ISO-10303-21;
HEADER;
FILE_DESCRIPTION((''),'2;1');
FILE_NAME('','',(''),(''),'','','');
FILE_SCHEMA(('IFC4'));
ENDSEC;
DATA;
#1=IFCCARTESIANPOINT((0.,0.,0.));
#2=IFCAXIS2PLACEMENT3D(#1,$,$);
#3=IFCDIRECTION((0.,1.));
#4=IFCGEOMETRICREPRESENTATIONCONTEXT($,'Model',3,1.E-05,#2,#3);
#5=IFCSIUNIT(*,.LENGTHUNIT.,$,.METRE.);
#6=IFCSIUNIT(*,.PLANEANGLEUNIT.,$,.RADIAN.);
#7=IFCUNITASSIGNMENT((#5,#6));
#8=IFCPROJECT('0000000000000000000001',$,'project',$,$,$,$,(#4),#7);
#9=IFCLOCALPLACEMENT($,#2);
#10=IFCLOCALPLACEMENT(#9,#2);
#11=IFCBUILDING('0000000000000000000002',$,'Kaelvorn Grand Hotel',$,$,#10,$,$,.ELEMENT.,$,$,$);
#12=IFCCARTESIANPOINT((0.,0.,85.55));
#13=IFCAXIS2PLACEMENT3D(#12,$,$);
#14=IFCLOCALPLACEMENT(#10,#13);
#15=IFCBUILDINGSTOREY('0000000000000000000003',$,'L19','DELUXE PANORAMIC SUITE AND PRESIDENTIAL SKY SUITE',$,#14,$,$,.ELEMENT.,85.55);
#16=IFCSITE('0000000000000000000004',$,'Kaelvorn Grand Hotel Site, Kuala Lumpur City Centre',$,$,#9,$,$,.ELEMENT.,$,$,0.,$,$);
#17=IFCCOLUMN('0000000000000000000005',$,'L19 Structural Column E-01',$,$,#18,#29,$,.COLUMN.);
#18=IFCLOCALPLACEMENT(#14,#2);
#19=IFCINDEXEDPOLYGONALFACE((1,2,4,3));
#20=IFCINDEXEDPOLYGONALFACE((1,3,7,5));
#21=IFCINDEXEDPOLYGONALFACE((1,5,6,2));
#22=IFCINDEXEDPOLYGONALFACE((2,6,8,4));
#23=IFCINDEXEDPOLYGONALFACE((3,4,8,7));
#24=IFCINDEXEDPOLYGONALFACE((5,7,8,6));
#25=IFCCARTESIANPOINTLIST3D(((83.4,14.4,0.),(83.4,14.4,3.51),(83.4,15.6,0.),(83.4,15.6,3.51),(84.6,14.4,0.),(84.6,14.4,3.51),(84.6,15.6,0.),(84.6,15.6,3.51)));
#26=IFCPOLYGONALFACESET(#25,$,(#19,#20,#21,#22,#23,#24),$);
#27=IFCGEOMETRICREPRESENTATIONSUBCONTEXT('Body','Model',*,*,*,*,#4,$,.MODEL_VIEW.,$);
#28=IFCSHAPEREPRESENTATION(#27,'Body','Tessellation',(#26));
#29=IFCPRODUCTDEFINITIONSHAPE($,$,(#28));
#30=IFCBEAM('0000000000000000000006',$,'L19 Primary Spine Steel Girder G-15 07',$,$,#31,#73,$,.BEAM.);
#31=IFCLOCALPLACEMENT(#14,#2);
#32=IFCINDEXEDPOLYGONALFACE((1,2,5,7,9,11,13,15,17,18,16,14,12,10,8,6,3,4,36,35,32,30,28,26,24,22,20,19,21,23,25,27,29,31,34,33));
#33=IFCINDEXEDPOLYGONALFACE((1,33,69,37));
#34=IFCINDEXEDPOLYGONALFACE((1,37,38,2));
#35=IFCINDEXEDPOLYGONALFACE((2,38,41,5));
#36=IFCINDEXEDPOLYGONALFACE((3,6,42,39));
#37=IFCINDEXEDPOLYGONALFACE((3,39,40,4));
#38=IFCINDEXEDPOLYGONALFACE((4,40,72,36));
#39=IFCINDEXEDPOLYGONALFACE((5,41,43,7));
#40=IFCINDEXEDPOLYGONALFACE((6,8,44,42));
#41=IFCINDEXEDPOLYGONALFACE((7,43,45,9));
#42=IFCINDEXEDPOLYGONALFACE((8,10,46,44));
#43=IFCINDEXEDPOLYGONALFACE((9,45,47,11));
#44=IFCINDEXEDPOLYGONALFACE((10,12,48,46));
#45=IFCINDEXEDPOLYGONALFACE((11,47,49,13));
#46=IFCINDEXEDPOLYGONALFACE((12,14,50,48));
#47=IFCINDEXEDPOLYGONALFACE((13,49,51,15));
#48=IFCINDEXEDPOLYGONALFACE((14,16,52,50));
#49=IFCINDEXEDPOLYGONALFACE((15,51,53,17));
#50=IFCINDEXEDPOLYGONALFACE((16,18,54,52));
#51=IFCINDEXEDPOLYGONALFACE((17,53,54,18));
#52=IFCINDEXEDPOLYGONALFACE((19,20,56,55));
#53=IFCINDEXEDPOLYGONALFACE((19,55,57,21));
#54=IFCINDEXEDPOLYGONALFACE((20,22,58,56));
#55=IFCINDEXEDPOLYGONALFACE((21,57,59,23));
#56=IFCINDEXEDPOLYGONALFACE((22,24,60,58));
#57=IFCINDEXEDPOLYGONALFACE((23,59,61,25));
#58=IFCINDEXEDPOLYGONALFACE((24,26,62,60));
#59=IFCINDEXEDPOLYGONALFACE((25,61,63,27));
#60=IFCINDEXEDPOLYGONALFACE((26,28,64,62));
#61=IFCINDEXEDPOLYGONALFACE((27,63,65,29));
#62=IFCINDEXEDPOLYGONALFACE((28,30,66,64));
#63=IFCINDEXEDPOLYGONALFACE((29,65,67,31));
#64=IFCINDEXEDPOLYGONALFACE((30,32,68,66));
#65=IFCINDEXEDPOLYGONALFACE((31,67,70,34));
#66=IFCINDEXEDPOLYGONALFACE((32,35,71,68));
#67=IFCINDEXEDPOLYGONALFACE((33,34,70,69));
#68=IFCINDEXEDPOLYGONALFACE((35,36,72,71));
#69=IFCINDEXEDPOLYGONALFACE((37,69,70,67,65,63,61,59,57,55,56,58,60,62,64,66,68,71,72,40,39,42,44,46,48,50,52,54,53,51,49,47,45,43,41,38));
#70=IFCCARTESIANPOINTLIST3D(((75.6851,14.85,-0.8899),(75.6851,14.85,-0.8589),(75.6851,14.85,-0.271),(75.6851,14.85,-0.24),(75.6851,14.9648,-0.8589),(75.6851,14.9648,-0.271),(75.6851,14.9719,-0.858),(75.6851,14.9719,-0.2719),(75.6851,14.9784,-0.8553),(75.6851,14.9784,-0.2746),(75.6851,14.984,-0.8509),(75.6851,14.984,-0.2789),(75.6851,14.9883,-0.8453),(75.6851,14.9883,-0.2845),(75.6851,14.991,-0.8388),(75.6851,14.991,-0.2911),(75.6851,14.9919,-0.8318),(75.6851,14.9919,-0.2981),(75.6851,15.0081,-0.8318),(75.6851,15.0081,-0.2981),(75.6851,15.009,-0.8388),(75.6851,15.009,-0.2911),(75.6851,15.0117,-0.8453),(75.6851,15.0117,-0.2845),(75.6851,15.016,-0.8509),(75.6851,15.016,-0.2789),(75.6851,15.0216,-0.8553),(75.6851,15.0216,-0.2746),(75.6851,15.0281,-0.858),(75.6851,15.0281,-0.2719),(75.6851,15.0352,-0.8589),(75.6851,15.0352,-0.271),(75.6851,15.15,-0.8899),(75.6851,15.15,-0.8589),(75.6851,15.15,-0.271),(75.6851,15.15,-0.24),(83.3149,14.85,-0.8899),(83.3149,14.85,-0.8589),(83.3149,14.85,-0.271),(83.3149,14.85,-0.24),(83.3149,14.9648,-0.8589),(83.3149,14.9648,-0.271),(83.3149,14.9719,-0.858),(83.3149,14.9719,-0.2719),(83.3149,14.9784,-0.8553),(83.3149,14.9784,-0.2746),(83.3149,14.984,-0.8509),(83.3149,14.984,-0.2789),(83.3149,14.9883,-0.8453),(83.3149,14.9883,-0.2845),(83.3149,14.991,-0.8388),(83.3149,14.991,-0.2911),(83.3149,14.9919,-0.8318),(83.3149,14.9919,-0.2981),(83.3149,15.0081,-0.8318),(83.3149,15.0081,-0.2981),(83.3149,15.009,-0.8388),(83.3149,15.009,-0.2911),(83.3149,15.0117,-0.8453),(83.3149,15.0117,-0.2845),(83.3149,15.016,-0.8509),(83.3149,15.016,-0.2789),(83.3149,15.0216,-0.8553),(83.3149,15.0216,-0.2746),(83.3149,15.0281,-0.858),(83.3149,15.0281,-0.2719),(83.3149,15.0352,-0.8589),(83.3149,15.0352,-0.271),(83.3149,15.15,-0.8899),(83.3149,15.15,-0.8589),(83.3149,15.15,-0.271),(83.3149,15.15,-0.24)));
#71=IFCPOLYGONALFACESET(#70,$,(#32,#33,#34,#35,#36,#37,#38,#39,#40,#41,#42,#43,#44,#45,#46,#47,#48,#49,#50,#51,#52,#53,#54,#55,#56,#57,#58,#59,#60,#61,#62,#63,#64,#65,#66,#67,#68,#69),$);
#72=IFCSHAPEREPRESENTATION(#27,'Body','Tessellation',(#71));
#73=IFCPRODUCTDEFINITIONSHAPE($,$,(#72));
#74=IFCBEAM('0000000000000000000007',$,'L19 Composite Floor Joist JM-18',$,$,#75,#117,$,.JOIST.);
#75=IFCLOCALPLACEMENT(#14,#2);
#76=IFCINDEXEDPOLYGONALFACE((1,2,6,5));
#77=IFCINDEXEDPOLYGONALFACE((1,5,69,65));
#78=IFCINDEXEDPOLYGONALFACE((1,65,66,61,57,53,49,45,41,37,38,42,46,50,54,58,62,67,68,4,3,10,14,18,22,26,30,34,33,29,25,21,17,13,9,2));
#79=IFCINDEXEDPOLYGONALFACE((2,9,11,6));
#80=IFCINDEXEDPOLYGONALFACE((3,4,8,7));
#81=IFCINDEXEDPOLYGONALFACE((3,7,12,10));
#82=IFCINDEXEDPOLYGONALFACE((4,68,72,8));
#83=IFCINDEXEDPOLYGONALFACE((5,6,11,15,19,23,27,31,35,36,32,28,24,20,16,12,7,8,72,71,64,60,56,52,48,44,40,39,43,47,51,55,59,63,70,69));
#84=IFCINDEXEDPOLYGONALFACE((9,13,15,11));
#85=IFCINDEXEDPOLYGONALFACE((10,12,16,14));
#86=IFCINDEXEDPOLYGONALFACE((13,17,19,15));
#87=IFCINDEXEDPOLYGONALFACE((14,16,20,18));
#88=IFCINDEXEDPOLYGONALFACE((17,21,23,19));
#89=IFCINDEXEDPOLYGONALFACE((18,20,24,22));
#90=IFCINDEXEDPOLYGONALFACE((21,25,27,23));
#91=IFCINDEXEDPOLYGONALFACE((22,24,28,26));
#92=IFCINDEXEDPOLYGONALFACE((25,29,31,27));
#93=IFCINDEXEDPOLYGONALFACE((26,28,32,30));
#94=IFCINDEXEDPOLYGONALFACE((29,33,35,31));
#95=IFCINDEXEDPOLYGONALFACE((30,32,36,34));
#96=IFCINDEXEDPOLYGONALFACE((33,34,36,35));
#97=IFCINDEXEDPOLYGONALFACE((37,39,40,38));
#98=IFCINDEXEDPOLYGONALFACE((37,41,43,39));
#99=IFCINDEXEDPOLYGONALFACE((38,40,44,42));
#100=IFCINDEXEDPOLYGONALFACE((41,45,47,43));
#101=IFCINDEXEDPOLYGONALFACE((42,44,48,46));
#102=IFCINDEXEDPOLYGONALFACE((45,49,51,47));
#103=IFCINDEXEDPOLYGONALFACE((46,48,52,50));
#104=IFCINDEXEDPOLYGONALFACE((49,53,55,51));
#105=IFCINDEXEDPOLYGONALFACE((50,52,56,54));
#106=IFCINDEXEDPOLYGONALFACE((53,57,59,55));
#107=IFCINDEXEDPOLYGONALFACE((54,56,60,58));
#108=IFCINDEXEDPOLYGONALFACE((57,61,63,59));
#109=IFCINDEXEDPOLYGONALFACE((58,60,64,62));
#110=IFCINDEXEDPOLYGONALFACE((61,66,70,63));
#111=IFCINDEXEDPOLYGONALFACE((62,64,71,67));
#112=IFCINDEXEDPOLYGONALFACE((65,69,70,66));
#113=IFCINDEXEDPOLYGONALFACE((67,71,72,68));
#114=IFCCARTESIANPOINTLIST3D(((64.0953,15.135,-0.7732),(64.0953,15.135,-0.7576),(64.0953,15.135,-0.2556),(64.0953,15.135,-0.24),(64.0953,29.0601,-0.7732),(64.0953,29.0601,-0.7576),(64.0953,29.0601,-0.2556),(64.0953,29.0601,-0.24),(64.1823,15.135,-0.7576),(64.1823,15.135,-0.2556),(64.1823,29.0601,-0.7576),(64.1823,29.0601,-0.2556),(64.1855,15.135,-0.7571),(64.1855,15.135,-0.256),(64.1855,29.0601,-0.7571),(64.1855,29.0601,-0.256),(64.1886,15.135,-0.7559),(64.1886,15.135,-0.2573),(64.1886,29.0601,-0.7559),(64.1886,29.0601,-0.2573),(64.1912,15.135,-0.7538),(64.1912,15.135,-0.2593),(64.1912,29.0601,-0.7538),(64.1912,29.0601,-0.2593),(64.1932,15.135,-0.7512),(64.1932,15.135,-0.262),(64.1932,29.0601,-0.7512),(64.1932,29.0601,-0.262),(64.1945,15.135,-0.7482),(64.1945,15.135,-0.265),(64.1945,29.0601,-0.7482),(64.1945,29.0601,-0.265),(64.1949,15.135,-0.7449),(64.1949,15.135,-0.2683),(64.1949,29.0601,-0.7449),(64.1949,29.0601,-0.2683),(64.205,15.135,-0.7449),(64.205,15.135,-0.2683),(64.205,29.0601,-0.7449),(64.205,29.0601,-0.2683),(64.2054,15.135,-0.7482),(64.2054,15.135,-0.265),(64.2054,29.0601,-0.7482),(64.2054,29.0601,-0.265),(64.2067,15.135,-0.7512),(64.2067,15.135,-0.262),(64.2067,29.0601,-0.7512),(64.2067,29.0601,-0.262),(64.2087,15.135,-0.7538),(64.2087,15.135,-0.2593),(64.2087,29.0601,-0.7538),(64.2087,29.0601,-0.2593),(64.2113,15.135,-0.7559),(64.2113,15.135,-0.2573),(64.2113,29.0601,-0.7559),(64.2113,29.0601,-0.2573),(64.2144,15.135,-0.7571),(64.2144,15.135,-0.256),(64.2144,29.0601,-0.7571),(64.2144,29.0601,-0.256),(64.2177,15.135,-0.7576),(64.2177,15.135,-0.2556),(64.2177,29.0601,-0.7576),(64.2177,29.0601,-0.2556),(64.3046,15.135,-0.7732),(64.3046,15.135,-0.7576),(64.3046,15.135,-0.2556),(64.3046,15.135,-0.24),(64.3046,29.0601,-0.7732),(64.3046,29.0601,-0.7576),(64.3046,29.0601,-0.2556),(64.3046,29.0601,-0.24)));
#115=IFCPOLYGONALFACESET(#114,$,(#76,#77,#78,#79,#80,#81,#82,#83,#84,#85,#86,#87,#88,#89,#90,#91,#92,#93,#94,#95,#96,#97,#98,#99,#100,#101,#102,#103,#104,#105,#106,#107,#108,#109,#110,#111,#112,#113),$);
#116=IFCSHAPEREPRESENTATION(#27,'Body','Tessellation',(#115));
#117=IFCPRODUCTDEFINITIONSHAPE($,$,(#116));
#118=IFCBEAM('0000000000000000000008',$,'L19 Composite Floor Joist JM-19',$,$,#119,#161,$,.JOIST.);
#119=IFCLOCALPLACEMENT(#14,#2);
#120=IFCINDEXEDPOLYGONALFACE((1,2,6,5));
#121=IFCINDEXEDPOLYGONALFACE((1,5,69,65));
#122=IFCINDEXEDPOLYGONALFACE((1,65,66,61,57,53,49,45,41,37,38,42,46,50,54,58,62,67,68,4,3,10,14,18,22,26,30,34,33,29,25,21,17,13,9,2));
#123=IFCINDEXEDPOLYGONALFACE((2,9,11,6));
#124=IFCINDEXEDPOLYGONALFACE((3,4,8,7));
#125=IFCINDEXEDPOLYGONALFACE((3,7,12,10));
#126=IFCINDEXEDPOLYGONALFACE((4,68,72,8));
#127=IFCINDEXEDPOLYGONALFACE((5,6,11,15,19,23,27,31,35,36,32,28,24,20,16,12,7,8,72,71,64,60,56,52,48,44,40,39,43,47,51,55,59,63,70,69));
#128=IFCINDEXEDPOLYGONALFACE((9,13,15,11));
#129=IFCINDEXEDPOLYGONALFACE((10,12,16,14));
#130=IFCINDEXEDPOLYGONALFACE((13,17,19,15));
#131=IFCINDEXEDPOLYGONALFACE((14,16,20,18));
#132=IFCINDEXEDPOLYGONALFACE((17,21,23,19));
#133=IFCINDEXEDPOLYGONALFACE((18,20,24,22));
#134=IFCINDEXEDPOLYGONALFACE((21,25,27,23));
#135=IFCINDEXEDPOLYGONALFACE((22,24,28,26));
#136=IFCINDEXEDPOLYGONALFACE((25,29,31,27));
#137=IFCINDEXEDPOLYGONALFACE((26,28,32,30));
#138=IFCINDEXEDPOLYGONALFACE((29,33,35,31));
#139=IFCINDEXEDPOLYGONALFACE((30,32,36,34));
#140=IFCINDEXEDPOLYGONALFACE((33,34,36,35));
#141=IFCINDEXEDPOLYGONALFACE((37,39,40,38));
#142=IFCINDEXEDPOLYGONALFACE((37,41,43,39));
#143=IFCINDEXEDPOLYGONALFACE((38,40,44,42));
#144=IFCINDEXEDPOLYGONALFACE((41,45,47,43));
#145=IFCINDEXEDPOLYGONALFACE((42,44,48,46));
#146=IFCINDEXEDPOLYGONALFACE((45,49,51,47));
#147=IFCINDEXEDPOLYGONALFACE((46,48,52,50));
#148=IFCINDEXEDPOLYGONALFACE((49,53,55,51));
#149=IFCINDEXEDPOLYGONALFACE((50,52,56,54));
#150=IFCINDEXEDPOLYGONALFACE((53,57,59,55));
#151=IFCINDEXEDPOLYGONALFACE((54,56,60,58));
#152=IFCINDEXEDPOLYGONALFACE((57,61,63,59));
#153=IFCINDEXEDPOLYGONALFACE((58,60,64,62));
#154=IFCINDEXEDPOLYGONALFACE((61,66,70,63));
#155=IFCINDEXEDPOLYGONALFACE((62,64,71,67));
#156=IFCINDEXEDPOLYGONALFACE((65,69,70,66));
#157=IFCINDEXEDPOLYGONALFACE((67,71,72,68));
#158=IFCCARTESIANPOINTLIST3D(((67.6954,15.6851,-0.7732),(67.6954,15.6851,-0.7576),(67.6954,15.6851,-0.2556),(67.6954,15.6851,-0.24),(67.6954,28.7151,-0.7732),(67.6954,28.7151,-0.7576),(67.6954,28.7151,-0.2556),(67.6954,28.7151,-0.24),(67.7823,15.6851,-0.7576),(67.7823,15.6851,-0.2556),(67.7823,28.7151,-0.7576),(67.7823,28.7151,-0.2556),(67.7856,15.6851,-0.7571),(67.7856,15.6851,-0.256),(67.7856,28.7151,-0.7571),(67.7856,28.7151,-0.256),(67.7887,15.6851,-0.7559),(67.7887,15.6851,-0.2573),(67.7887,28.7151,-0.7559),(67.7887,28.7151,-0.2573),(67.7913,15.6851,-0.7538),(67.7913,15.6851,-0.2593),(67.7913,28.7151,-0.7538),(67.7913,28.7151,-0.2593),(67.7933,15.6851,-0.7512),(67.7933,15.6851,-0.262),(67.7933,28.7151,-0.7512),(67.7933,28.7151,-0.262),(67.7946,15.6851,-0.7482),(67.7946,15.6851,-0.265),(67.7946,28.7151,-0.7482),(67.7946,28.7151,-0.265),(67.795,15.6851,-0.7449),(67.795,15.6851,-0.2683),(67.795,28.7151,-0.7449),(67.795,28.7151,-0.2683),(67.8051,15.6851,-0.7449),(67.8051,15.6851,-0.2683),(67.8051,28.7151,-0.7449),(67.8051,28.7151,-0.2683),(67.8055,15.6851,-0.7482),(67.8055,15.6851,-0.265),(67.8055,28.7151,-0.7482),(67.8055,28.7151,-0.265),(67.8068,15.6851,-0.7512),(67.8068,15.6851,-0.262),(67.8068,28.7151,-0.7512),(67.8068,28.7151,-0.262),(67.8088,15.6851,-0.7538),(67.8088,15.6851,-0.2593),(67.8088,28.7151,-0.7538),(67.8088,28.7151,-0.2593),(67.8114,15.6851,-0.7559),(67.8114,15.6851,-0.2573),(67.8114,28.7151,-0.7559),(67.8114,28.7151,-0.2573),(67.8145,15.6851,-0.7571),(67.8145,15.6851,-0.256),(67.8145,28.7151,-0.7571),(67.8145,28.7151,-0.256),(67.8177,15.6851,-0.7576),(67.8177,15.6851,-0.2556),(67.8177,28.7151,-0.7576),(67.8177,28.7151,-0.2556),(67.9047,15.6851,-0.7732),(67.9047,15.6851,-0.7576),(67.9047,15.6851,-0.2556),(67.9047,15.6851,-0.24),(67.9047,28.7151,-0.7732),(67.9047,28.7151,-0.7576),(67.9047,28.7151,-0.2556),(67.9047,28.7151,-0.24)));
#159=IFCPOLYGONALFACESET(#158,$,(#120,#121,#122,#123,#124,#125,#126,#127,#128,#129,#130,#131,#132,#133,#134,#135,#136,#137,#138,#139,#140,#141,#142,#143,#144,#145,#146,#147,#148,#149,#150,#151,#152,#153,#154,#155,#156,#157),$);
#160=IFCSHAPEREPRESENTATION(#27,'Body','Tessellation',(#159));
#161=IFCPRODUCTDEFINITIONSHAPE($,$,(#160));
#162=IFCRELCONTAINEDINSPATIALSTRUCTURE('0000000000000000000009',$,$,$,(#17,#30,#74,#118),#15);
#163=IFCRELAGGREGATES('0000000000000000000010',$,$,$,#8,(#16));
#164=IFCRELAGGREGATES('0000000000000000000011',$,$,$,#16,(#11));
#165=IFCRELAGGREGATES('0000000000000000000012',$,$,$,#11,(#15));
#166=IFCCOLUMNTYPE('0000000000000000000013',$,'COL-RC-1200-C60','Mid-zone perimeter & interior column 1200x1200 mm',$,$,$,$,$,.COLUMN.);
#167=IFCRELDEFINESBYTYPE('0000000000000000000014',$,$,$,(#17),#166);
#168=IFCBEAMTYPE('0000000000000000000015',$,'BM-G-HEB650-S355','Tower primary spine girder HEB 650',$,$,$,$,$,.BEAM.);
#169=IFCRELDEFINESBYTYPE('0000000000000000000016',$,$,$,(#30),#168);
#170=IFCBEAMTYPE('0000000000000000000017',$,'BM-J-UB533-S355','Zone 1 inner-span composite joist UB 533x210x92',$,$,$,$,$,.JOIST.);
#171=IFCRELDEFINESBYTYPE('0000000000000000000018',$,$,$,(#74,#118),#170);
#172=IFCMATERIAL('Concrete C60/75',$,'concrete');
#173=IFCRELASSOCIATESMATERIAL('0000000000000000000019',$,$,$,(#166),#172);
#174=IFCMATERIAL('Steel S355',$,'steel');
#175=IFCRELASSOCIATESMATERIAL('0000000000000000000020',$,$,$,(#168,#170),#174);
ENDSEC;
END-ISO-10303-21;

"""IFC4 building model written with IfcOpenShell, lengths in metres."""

from ifc_helpers import new_model, si_unit, direction, frame, origin, origin_2d, place, context, subcontext, project, spatial, rectangle, i_section, extrude, material, material_profile, profile_set, type_object, element, save


model = new_model("IFC4")

# Units and contexts
model_context = context("Model", 3, precision=1e-05, world=origin(), true_north=direction((0.0, 1.0)))
body_context = subcontext(model_context, "Body", "Model", "MODEL_VIEW")
ifc_project = project(units=[si_unit("LENGTHUNIT", "METRE"), si_unit("PLANEANGLEUNIT", "RADIAN")], contexts=[model_context])

# Site, building, storey
site_placement = place(None, origin())
site = spatial("IfcSite", under=ifc_project, at=site_placement, Name="Kaelvorn Grand Hotel Site, Kuala Lumpur City Centre", CompositionType="ELEMENT", RefElevation=0.0)
building_placement = place(site_placement, origin())
building = spatial("IfcBuilding", under=site, at=building_placement, Name="Kaelvorn Grand Hotel", CompositionType="ELEMENT")
storey_placement = place(building_placement, frame((0.0, 0.0, 85.55)))
storey = spatial("IfcBuildingStorey", under=building, at=storey_placement, Name="L19", Description="DELUXE PANORAMIC SUITE AND PRESIDENTIAL SKY SUITE", CompositionType="ELEMENT", Elevation=85.55)

# Column
ifc_material_1 = material(Name="Concrete C60/75", Category="concrete")
ifc_material_profile_1 = material_profile(ifc_material_1, rectangle(XDim=1.2, YDim=1.2, at=origin_2d()), Name="RC COL 1200x1200")
ifc_profile_set_1 = profile_set([ifc_material_profile_1], Name="Concrete C60/75")
column_type = type_object("IfcColumnType", Name="COL-RC-1200-C60", Description="Mid-zone perimeter & interior column 1200x1200 mm", PredefinedType="COLUMN", material=ifc_profile_set_1)
column_placement = place(storey_placement, frame((84.0, 15.0, 0.0), z_axis=(0.0, 0.0, 1.0), x_axis=(1.0, 0.0, 0.0)))
element("IfcColumn", 1, at=column_placement, inside=storey, type_object=column_type, Name="L19 Structural Column E-01", PredefinedType="COLUMN", context=body_context, shape_type="SweptSolid", body=[
    extrude(rectangle(XDim=1.2, YDim=1.2, at=origin_2d()), origin(), (0.0, 0.0, 1.0), 3.51),
])

# Beams
ifc_material_2 = material(Name="Steel S355", Category="steel")
ifc_material_profile_2 = material_profile(ifc_material_2, i_section(OverallWidth=0.3, OverallDepth=0.6499, WebThickness=0.0161, FlangeThickness=0.031, FilletRadius=0.0271, at=origin_2d()), Name="HEB 650")
ifc_profile_set_2 = profile_set([ifc_material_profile_2], Name="Steel S355")
beam_type_1 = type_object("IfcBeamType", Name="BM-G-HEB650-S355", Description="Tower primary spine girder HEB 650", PredefinedType="BEAM", material=ifc_profile_set_2)
beam_1_placement = place(storey_placement, frame((75.6851, 15.0, -0.5649), z_axis=(1.0, 0.0, 0.0), x_axis=(0.0, 1.0, 0.0)))
element("IfcBeam", 2, at=beam_1_placement, inside=storey, type_object=beam_type_1, Name="L19 Primary Spine Steel Girder G-15 07", PredefinedType="BEAM", context=body_context, shape_type="SweptSolid", body=[
    extrude(i_section(OverallWidth=0.3, OverallDepth=0.6499, WebThickness=0.0161, FlangeThickness=0.031, FilletRadius=0.0271, at=origin_2d()), origin(), (0.0, 0.0, 1.0), 7.6299),
])
ifc_material_profile_3 = material_profile(ifc_material_2, i_section(OverallWidth=0.2092, OverallDepth=0.5332, WebThickness=0.01, FlangeThickness=0.0156, FilletRadius=0.0127, at=origin_2d()), Name="UB 533x210x92")
ifc_profile_set_3 = profile_set([ifc_material_profile_3], Name="Steel S355")
beam_type_2 = type_object("IfcBeamType", Name="BM-J-UB533-S355", Description="Zone 1 inner-span composite joist UB 533x210x92", PredefinedType="JOIST", material=ifc_profile_set_3)
beam_2_placement = place(storey_placement, frame((64.2, 15.135, -0.5066), z_axis=(0.0, 1.0, 0.0), x_axis=(-1.0, 0.0, 0.0)))
element("IfcBeam", 3, at=beam_2_placement, inside=storey, type_object=beam_type_2, Name="L19 Composite Floor Joist JM-18", PredefinedType="JOIST", context=body_context, shape_type="SweptSolid", body=[
    extrude(i_section(OverallWidth=0.2092, OverallDepth=0.5332, WebThickness=0.01, FlangeThickness=0.0156, FilletRadius=0.0127, at=origin_2d()), origin(), (0.0, 0.0, 1.0), 13.925),
])
beam_3_placement = place(storey_placement, frame((67.8, 15.6851, -0.5066), z_axis=(0.0, 1.0, 0.0), x_axis=(-1.0, 0.0, 0.0)))
element("IfcBeam", 4, at=beam_3_placement, inside=storey, type_object=beam_type_2, Name="L19 Composite Floor Joist JM-19", PredefinedType="JOIST", context=body_context, shape_type="SweptSolid", body=[
    extrude(i_section(OverallWidth=0.2092, OverallDepth=0.5332, WebThickness=0.01, FlangeThickness=0.0156, FilletRadius=0.0127, at=origin_2d()), origin(), (0.0, 0.0, 1.0), 13.03),
])

save(model, "model.ifc")
